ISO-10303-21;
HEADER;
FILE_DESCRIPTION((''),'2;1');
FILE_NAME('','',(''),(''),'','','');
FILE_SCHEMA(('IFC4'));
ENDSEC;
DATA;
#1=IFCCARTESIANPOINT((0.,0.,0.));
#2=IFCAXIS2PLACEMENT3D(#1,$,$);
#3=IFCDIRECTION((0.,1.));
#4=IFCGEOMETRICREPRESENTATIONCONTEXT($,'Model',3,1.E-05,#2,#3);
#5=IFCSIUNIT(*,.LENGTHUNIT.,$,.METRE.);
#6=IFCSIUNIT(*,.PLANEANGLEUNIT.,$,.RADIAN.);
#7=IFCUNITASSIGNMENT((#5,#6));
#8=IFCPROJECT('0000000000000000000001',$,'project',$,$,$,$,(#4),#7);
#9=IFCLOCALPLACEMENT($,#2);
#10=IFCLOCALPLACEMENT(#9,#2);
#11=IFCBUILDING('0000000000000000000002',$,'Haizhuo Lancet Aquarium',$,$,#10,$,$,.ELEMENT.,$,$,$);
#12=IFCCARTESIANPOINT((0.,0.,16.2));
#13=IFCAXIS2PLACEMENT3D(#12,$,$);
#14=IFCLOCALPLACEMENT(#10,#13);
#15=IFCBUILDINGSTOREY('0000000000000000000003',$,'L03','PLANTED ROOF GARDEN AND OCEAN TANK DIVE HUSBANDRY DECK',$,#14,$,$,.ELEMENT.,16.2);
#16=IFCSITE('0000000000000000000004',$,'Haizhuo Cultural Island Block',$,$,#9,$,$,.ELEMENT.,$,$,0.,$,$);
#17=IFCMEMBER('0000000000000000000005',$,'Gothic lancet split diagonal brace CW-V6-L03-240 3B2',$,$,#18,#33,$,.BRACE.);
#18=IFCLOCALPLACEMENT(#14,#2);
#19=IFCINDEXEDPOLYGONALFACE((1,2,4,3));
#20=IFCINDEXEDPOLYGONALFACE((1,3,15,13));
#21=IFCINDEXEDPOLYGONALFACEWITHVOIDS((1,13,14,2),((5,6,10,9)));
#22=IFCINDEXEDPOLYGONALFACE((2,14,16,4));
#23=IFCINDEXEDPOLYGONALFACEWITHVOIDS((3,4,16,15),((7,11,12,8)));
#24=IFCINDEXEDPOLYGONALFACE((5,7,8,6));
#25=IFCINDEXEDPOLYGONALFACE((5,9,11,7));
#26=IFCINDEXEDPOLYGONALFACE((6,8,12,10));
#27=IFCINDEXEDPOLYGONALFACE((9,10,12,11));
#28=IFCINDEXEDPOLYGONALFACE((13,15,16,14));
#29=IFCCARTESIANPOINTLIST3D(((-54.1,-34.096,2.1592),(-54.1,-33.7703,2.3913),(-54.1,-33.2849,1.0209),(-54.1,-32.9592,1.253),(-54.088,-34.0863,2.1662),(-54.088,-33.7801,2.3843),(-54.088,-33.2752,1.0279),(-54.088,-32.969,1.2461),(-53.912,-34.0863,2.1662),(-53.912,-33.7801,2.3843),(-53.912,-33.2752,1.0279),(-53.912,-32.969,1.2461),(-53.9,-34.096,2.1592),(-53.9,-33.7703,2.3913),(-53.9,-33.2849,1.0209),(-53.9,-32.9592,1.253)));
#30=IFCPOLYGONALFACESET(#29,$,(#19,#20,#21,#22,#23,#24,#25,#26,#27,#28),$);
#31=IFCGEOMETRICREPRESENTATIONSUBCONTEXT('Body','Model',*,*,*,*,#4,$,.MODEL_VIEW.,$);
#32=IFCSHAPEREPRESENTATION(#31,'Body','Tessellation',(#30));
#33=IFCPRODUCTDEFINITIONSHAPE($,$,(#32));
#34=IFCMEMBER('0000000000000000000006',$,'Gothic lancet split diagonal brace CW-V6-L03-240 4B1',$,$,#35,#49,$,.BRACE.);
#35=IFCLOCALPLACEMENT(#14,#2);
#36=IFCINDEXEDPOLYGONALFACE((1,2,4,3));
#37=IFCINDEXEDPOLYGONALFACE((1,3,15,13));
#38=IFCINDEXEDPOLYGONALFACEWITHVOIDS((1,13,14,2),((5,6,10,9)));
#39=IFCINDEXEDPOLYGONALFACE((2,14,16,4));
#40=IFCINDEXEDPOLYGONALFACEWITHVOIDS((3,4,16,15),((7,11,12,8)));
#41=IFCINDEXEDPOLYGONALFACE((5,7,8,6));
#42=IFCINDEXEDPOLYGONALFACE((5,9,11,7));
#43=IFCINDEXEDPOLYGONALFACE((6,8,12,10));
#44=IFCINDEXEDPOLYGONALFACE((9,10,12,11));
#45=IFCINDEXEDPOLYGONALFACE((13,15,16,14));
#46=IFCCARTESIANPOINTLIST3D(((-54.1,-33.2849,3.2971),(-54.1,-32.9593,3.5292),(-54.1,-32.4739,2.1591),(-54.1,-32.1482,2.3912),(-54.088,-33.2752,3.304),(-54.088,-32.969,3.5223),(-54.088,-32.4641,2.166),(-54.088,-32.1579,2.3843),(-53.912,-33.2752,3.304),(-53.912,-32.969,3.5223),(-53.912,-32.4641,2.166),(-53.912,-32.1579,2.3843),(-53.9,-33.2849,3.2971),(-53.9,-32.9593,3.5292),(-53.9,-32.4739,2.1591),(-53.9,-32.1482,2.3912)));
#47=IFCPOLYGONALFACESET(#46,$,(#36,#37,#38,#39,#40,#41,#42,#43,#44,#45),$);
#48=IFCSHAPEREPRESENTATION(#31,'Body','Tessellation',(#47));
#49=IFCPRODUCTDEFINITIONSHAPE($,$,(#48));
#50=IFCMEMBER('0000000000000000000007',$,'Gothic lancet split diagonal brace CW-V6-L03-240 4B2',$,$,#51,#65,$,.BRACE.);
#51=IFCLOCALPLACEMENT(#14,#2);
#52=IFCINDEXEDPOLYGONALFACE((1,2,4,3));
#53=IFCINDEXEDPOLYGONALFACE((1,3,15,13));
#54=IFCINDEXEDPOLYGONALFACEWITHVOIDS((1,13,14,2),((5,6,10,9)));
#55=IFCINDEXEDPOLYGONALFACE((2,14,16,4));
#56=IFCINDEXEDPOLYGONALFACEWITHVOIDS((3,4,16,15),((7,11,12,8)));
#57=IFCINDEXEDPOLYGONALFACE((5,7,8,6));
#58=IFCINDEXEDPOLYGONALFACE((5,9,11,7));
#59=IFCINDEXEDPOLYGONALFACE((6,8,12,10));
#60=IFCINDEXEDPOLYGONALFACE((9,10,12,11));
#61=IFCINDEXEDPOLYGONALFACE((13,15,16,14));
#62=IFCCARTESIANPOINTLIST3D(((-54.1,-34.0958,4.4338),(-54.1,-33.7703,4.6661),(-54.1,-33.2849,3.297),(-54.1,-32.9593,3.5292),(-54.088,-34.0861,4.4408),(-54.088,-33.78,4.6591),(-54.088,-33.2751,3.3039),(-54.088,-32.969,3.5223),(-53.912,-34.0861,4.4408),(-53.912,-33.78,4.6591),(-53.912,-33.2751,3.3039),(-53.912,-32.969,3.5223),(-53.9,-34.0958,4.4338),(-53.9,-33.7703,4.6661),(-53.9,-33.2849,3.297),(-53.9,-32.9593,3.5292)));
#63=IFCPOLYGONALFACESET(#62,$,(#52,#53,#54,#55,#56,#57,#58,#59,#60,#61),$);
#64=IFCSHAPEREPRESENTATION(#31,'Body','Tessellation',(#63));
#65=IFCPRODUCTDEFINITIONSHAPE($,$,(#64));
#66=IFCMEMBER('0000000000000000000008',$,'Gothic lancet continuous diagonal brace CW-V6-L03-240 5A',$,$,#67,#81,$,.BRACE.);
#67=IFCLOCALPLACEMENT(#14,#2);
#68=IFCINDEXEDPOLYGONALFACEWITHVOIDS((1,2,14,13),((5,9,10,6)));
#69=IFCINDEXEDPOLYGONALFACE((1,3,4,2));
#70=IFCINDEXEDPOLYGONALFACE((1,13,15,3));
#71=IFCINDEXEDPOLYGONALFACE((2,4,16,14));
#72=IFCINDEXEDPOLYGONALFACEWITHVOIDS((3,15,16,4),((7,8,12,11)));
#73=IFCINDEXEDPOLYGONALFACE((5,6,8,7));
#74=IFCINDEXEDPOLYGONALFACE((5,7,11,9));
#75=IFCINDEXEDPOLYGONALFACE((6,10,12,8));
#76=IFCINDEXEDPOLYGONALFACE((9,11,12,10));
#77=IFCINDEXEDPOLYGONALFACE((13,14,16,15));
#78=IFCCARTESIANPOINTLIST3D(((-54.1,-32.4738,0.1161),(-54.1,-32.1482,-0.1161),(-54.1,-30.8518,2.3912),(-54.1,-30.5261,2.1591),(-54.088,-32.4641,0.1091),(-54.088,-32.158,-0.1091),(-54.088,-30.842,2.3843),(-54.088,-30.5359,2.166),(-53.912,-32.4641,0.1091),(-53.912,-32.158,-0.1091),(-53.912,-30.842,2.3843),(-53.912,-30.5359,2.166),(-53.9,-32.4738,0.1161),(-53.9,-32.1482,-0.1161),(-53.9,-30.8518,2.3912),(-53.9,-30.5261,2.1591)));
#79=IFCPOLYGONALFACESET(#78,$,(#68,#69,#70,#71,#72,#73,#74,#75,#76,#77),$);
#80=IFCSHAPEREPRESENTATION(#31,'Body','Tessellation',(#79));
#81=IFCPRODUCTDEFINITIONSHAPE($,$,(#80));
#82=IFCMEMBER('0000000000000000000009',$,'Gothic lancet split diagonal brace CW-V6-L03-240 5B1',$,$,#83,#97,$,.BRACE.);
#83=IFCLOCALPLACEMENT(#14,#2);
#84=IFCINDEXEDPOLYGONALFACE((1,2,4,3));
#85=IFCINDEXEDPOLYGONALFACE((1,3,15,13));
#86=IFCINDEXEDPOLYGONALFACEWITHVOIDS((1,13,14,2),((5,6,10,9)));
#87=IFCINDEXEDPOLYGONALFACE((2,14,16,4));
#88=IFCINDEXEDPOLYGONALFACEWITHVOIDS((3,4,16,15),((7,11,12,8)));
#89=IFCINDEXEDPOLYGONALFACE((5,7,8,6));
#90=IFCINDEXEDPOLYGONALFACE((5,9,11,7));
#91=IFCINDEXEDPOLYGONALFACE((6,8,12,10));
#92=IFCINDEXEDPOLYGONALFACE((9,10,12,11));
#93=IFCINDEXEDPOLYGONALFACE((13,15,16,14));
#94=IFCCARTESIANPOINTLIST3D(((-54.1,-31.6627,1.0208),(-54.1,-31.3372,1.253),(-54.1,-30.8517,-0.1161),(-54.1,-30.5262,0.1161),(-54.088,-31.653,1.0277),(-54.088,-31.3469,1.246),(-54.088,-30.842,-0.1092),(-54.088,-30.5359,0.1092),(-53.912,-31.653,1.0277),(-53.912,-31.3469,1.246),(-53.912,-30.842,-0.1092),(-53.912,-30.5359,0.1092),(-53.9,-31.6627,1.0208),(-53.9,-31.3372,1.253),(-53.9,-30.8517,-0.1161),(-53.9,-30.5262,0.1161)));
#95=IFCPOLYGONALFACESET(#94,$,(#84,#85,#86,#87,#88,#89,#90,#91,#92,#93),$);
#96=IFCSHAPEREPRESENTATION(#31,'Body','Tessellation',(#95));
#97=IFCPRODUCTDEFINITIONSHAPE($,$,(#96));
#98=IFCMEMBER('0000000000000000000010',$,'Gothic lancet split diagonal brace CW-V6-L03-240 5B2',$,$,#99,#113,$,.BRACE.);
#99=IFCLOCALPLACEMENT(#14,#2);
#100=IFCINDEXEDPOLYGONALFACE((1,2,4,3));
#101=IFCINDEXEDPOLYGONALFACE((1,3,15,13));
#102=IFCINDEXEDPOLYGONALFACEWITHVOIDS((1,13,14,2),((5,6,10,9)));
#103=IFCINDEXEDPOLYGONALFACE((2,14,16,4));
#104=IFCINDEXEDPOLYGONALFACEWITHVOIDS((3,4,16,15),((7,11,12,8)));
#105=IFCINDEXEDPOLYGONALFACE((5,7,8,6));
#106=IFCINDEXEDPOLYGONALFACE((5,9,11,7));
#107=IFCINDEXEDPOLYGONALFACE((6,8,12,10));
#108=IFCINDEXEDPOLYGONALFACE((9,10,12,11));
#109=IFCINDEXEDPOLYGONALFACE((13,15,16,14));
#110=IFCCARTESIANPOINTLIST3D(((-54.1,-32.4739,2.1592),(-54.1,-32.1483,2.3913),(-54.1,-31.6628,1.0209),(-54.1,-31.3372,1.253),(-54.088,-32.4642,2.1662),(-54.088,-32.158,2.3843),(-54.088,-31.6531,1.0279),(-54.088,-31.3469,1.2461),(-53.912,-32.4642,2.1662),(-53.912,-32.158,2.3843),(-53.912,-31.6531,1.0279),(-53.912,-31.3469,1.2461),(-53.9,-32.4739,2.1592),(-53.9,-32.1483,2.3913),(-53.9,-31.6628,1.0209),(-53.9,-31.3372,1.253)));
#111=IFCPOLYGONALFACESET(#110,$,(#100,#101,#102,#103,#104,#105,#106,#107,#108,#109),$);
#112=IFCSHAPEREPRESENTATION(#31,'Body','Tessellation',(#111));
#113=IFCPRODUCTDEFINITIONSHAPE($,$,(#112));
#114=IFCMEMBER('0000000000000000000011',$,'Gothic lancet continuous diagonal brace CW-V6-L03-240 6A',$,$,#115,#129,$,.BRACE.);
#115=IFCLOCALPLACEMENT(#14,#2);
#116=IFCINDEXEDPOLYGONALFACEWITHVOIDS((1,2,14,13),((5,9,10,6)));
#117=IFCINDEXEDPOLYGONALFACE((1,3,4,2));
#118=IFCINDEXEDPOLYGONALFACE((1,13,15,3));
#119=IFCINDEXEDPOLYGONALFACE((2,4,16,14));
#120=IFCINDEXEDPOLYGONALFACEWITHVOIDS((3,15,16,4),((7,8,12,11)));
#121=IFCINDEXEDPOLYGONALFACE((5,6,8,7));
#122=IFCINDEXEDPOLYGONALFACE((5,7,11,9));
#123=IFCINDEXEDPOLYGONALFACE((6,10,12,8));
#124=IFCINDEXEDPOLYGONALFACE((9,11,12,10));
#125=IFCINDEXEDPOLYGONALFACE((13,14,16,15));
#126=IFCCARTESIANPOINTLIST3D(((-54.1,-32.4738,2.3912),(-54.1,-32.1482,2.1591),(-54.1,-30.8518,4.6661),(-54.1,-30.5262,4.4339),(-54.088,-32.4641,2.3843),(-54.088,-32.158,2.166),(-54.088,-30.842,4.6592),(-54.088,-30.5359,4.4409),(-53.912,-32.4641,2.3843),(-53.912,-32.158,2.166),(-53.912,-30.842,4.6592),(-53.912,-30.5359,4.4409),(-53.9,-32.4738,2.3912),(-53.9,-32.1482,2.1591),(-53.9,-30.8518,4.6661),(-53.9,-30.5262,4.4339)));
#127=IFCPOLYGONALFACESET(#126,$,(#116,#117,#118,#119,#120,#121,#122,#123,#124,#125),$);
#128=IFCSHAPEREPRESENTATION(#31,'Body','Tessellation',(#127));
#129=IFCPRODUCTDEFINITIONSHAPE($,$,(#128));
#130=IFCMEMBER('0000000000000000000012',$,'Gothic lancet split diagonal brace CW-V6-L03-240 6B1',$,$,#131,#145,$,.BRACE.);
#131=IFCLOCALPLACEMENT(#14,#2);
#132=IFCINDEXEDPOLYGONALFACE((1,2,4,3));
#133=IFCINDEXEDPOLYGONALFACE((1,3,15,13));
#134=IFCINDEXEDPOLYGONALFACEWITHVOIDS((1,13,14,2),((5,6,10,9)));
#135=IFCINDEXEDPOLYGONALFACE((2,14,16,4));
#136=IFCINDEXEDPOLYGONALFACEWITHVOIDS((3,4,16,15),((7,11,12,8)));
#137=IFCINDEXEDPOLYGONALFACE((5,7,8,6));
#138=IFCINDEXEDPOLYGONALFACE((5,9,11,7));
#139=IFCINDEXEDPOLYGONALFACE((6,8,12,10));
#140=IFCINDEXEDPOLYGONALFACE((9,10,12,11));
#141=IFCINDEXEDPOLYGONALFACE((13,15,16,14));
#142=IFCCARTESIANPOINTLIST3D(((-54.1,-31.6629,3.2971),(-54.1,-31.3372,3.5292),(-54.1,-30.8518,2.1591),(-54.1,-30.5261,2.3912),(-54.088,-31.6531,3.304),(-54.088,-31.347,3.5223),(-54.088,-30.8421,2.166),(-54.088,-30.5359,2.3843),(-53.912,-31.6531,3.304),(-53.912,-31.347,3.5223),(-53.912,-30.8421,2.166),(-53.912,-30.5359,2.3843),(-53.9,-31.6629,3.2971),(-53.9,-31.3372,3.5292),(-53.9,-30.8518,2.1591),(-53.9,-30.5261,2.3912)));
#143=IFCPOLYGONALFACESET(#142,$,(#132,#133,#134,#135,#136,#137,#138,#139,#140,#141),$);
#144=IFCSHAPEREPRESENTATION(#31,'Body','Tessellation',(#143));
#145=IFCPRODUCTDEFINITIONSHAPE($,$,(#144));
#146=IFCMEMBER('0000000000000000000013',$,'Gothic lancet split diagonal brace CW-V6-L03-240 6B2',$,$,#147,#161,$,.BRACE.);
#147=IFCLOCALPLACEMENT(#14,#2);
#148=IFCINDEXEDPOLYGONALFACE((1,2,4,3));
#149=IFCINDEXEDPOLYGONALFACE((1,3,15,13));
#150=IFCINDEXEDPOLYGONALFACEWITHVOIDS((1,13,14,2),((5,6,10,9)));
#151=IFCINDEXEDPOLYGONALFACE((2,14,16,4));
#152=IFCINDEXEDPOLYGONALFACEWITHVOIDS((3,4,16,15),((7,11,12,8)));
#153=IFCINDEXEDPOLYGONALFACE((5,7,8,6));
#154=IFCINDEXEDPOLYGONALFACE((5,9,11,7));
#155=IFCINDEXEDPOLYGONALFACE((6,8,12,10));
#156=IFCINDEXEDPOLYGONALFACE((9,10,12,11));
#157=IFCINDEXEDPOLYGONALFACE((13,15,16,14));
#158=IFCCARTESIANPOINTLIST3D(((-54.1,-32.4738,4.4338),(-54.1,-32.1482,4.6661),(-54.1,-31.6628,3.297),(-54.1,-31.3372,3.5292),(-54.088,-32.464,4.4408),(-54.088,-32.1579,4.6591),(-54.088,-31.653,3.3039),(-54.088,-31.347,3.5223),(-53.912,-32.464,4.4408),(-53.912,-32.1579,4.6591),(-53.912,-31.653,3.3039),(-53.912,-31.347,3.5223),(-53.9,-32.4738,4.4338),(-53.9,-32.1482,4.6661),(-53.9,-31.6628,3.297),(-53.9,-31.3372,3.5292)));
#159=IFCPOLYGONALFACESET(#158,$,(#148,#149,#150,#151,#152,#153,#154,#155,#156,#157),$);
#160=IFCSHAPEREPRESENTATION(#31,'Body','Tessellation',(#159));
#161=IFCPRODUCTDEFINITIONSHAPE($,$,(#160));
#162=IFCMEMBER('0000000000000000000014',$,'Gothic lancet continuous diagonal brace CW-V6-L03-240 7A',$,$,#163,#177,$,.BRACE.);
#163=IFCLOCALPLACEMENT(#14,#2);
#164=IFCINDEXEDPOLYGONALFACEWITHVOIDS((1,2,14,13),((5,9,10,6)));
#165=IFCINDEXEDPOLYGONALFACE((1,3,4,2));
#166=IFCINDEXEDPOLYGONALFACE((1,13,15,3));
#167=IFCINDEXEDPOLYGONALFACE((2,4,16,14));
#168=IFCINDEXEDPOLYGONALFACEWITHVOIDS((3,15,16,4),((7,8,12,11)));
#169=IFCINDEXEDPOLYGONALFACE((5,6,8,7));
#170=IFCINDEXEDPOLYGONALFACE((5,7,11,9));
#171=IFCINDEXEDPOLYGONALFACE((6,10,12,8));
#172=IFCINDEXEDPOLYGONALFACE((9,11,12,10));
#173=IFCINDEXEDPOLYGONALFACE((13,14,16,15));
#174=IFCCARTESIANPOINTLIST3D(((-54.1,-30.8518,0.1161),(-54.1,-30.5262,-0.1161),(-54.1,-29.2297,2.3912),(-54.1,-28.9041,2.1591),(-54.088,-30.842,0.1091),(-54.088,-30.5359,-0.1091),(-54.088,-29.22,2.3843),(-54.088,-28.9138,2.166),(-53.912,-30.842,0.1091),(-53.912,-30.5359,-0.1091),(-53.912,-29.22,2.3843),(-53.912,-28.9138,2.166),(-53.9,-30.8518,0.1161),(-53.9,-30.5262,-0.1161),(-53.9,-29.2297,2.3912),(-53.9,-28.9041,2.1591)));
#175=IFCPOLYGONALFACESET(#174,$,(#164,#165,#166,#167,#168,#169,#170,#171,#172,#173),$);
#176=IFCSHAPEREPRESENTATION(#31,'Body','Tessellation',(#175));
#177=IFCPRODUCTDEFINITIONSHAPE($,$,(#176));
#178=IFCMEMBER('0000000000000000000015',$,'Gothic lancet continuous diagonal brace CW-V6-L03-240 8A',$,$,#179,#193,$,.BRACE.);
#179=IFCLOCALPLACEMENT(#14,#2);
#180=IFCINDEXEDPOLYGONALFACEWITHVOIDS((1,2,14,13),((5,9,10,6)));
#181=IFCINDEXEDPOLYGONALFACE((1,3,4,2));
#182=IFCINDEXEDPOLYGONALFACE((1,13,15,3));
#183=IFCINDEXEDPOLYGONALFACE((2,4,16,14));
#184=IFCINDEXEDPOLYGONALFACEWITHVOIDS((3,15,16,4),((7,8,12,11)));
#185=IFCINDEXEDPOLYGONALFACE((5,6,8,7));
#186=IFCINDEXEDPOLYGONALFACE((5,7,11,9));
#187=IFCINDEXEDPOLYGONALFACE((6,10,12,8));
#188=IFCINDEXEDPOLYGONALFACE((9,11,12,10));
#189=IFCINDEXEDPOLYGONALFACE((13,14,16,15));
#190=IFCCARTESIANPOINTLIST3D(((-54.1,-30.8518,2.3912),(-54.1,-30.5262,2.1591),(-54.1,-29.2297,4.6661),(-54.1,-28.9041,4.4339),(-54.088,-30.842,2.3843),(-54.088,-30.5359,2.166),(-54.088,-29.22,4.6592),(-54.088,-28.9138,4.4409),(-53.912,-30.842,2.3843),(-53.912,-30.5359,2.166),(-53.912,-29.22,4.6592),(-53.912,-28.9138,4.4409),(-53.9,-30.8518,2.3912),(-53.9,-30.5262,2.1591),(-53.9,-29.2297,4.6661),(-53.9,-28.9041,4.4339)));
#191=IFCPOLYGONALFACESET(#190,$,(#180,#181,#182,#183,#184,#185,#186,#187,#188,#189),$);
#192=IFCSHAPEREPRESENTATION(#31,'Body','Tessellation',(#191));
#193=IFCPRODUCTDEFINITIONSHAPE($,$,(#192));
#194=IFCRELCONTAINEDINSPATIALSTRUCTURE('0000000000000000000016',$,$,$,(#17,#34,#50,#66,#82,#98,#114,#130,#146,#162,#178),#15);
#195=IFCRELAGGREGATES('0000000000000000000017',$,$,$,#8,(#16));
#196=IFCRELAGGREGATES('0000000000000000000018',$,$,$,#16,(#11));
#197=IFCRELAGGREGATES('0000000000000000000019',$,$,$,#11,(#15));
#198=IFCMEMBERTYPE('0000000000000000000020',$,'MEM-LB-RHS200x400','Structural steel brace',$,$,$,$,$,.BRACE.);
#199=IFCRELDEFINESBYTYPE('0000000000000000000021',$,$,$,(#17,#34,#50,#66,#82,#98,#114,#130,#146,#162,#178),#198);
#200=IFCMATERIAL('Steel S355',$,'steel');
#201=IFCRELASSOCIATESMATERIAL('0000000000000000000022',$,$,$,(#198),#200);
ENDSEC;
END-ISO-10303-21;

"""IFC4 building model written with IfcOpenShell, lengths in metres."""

from ifc_helpers import new_model, si_unit, direction, frame, origin, origin_2d, place, context, subcontext, project, spatial, hollow_rectangle, extrude, material, material_profile, profile_set, type_object, element, save


model = new_model("IFC4")

# Units and contexts
model_context = context("Model", 3, precision=1e-05, world=origin(), true_north=direction((0.0, 1.0)))
body_context = subcontext(model_context, "Body", "Model", "MODEL_VIEW")
ifc_project = project(units=[si_unit("LENGTHUNIT", "METRE"), si_unit("PLANEANGLEUNIT", "RADIAN")], contexts=[model_context])

# Site, building, storey
site_placement = place(None, origin())
site = spatial("IfcSite", under=ifc_project, at=site_placement, Name="Haizhuo Cultural Island Block", CompositionType="ELEMENT", RefElevation=0.0)
building_placement = place(site_placement, origin())
building = spatial("IfcBuilding", under=site, at=building_placement, Name="Haizhuo Lancet Aquarium", CompositionType="ELEMENT")
storey_placement = place(building_placement, frame((0.0, 0.0, 16.2)))
storey = spatial("IfcBuildingStorey", under=building, at=storey_placement, Name="L03", Description="PLANTED ROOF GARDEN AND OCEAN TANK DIVE HUSBANDRY DECK", CompositionType="ELEMENT", Elevation=16.2)

# Members
ifc_material_1 = material(Name="Steel S355", Category="steel")
ifc_material_profile_1 = material_profile(ifc_material_1, hollow_rectangle(XDim=0.2, YDim=0.3999, WallThickness=0.012, at=origin_2d()), Name="RHS 200x400x12")
ifc_profile_set_1 = profile_set([ifc_material_profile_1], Name="Steel S355")
member_type_1 = type_object("IfcMemberType", Name="MEM-LB-RHS200x400", Description="Structural steel brace", PredefinedType="BRACE", material=ifc_profile_set_1)
member_1_placement = place(storey_placement, frame((-54.0, -33.1221, 1.137), z_axis=(0.0, -0.580312, 0.814394), x_axis=(1.0, 0.0, 0.0)))
element("IfcMember", 1, at=member_1_placement, inside=storey, type_object=member_type_1, Name="Gothic lancet split diagonal brace CW-V6-L03-240 3B2", PredefinedType="BRACE", context=body_context, shape_type="SweptSolid", body=[
    extrude(hollow_rectangle(XDim=0.2, YDim=0.3999, WallThickness=0.012, at=origin_2d()), origin(), (0.0, 0.0, 1.0), 1.3977),
])
member_2_placement = place(storey_placement, frame((-54.0, -32.311, 2.2751), z_axis=(0.0, -0.580395, 0.814335), x_axis=(1.0, 0.0, 0.0)))
element("IfcMember", 2, at=member_2_placement, inside=storey, type_object=member_type_1, Name="Gothic lancet split diagonal brace CW-V6-L03-240 4B1", PredefinedType="BRACE", context=body_context, shape_type="SweptSolid", body=[
    extrude(hollow_rectangle(XDim=0.2, YDim=0.3999, WallThickness=0.012, at=origin_2d()), origin(), (0.0, 0.0, 1.0), 1.3975),
])
member_3_placement = place(storey_placement, frame((-54.0, -33.1221, 3.4131), z_axis=(0.0, -0.580725, 0.814099), x_axis=(1.0, 0.0, 0.0)))
element("IfcMember", 3, at=member_3_placement, inside=storey, type_object=member_type_1, Name="Gothic lancet split diagonal brace CW-V6-L03-240 4B2", PredefinedType="BRACE", context=body_context, shape_type="SweptSolid", body=[
    extrude(hollow_rectangle(XDim=0.2, YDim=0.3999, WallThickness=0.012, at=origin_2d()), origin(), (0.0, 0.0, 1.0), 1.3965),
])
member_4_placement = place(storey_placement, frame((-54.0, -32.311, 0.0), z_axis=(0.0, 0.580519, 0.814247), x_axis=(-1.0, 0.0, 0.0)))
element("IfcMember", 4, at=member_4_placement, inside=storey, type_object=member_type_1, Name="Gothic lancet continuous diagonal brace CW-V6-L03-240 5A", PredefinedType="BRACE", context=body_context, shape_type="SweptSolid", body=[
    extrude(hollow_rectangle(XDim=0.2, YDim=0.3999, WallThickness=0.012, at=origin_2d()), origin(), (0.0, 0.0, 1.0), 2.7942),
])
member_5_placement = place(storey_placement, frame((-54.0, -30.689, 0.0), z_axis=(0.0, -0.580725, 0.814099), x_axis=(1.0, 0.0, 0.0)))
element("IfcMember", 5, at=member_5_placement, inside=storey, type_object=member_type_1, Name="Gothic lancet split diagonal brace CW-V6-L03-240 5B1", PredefinedType="BRACE", context=body_context, shape_type="SweptSolid", body=[
    extrude(hollow_rectangle(XDim=0.2, YDim=0.3999, WallThickness=0.012, at=origin_2d()), origin(), (0.0, 0.0, 1.0), 1.3965),
])
member_6_placement = place(storey_placement, frame((-54.0, -31.5, 1.137), z_axis=(0.0, -0.580312, 0.814394), x_axis=(1.0, 0.0, 0.0)))
element("IfcMember", 6, at=member_6_placement, inside=storey, type_object=member_type_1, Name="Gothic lancet split diagonal brace CW-V6-L03-240 5B2", PredefinedType="BRACE", context=body_context, shape_type="SweptSolid", body=[
    extrude(hollow_rectangle(XDim=0.2, YDim=0.3999, WallThickness=0.012, at=origin_2d()), origin(), (0.0, 0.0, 1.0), 1.3977),
])
member_7_placement = place(storey_placement, frame((-54.0, -32.311, 2.2751), z_axis=(0.0, 0.58056, 0.814217), x_axis=(-1.0, 0.0, 0.0)))
element("IfcMember", 7, at=member_7_placement, inside=storey, type_object=member_type_1, Name="Gothic lancet continuous diagonal brace CW-V6-L03-240 6A", PredefinedType="BRACE", context=body_context, shape_type="SweptSolid", body=[
    extrude(hollow_rectangle(XDim=0.2, YDim=0.3999, WallThickness=0.012, at=origin_2d()), origin(), (0.0, 0.0, 1.0), 2.7939),
])
member_8_placement = place(storey_placement, frame((-54.0, -30.689, 2.2751), z_axis=(0.0, -0.580395, 0.814335), x_axis=(1.0, 0.0, 0.0)))
element("IfcMember", 8, at=member_8_placement, inside=storey, type_object=member_type_1, Name="Gothic lancet split diagonal brace CW-V6-L03-240 6B1", PredefinedType="BRACE", context=body_context, shape_type="SweptSolid", body=[
    extrude(hollow_rectangle(XDim=0.2, YDim=0.3999, WallThickness=0.012, at=origin_2d()), origin(), (0.0, 0.0, 1.0), 1.3975),
])
member_9_placement = place(storey_placement, frame((-54.0, -31.5, 3.4131), z_axis=(0.0, -0.580725, 0.814099), x_axis=(1.0, 0.0, 0.0)))
element("IfcMember", 9, at=member_9_placement, inside=storey, type_object=member_type_1, Name="Gothic lancet split diagonal brace CW-V6-L03-240 6B2", PredefinedType="BRACE", context=body_context, shape_type="SweptSolid", body=[
    extrude(hollow_rectangle(XDim=0.2, YDim=0.3999, WallThickness=0.012, at=origin_2d()), origin(), (0.0, 0.0, 1.0), 1.3965),
])
member_10_placement = place(storey_placement, frame((-54.0, -30.689, 0.0), z_axis=(0.0, 0.580519, 0.814247), x_axis=(-1.0, 0.0, 0.0)))
element("IfcMember", 10, at=member_10_placement, inside=storey, type_object=member_type_1, Name="Gothic lancet continuous diagonal brace CW-V6-L03-240 7A", PredefinedType="BRACE", context=body_context, shape_type="SweptSolid", body=[
    extrude(hollow_rectangle(XDim=0.2, YDim=0.3999, WallThickness=0.012, at=origin_2d()), origin(), (0.0, 0.0, 1.0), 2.7942),
])
member_11_placement = place(storey_placement, frame((-54.0, -30.689, 2.2751), z_axis=(0.0, 0.58056, 0.814217), x_axis=(-1.0, 0.0, 0.0)))
element("IfcMember", 11, at=member_11_placement, inside=storey, type_object=member_type_1, Name="Gothic lancet continuous diagonal brace CW-V6-L03-240 8A", PredefinedType="BRACE", context=body_context, shape_type="SweptSolid", body=[
    extrude(hollow_rectangle(XDim=0.2, YDim=0.3999, WallThickness=0.012, at=origin_2d()), origin(), (0.0, 0.0, 1.0), 2.7939),
])

save(model, "model.ifc")
